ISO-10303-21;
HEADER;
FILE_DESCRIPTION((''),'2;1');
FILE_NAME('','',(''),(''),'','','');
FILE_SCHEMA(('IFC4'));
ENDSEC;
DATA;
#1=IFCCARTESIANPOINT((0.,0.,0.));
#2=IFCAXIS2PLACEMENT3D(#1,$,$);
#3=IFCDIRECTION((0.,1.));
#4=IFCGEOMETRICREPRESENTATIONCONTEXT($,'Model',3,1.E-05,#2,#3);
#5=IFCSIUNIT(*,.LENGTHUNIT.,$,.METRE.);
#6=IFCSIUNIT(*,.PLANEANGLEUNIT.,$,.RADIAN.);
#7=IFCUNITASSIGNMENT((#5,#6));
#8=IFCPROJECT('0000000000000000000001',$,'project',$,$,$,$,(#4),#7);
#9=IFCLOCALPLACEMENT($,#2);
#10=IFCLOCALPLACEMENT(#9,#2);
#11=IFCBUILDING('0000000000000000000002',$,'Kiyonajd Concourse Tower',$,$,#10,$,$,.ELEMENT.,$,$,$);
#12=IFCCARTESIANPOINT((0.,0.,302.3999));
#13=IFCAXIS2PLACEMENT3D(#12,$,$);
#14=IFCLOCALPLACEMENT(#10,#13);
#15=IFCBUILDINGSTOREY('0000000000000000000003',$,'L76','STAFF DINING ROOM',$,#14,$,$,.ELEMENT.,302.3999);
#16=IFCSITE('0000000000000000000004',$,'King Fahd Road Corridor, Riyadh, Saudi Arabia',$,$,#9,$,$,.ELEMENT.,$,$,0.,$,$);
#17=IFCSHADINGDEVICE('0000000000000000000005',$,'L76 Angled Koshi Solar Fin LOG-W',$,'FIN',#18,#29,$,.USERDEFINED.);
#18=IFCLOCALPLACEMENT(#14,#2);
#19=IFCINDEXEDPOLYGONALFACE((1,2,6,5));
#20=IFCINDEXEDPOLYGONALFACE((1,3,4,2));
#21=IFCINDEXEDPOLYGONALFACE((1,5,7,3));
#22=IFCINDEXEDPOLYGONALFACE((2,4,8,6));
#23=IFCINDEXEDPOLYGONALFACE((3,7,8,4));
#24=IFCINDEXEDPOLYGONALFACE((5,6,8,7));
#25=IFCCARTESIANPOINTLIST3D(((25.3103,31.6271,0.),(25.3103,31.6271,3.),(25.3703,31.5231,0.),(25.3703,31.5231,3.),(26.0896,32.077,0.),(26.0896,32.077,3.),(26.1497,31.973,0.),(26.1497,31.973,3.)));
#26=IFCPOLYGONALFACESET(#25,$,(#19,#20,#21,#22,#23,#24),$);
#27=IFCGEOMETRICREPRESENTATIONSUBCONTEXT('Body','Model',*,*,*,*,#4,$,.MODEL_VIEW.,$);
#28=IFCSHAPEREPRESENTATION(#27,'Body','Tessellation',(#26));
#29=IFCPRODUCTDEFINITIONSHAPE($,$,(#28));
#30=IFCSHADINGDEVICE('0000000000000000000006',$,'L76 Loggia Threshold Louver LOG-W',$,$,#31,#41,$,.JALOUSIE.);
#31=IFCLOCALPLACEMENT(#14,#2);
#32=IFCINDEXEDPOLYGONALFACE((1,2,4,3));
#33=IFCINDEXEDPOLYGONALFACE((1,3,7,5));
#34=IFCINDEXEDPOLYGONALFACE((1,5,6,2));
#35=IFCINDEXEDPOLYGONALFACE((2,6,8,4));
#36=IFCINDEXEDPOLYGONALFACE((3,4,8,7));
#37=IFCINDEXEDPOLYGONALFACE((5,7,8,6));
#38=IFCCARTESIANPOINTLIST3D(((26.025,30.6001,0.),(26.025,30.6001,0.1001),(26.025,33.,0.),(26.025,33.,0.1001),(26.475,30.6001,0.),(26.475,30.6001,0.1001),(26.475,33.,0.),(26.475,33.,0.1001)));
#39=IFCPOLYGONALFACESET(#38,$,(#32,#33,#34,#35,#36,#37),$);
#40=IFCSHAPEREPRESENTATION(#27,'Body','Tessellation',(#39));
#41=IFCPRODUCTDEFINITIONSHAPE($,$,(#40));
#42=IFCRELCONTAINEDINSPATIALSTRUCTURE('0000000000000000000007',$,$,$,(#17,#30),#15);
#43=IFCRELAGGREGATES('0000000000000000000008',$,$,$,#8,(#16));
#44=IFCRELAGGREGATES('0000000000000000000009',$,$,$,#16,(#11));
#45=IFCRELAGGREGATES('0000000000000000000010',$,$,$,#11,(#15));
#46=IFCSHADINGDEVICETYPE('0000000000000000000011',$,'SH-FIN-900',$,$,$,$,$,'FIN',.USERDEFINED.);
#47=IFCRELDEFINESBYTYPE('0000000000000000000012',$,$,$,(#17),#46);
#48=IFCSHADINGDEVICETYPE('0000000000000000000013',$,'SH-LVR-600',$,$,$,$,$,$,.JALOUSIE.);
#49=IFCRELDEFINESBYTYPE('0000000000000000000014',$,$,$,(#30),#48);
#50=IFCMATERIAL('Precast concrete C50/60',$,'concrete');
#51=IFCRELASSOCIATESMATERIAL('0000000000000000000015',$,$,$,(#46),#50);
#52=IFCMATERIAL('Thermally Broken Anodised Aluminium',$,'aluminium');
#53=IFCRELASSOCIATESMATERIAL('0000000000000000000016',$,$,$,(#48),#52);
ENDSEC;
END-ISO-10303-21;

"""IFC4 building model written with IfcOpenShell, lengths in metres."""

from ifc_helpers import new_model, si_unit, direction, frame, origin, origin_2d, place, context, subcontext, project, spatial, rectangle, extrude, material, type_object, element, save


model = new_model("IFC4")

# Units and contexts
model_context = context("Model", 3, precision=1e-05, world=origin(), true_north=direction((0.0, 1.0)))
body_context = subcontext(model_context, "Body", "Model", "MODEL_VIEW")
ifc_project = project(units=[si_unit("LENGTHUNIT", "METRE"), si_unit("PLANEANGLEUNIT", "RADIAN")], contexts=[model_context])

# Site, building, storey
site_placement = place(None, origin())
site = spatial("IfcSite", under=ifc_project, at=site_placement, Name="King Fahd Road Corridor, Riyadh, Saudi Arabia", CompositionType="ELEMENT", RefElevation=0.0)
building_placement = place(site_placement, origin())
building = spatial("IfcBuilding", under=site, at=building_placement, Name="Kiyonajd Concourse Tower", CompositionType="ELEMENT")
storey_placement = place(building_placement, frame((0.0, 0.0, 302.3999)))
storey = spatial("IfcBuildingStorey", under=building, at=storey_placement, Name="L76", Description="STAFF DINING ROOM", CompositionType="ELEMENT", Elevation=302.3999)

# Shared definitions
ifc_material_1 = material(Name="Thermally Broken Anodised Aluminium", Category="aluminium")

# Shared definitions
ifc_material_2 = material(Name="Precast concrete C50/60", Category="concrete")

# Shading devices
shading_device_type_1 = type_object("IfcShadingDeviceType", Name="SH-FIN-900", ElementType="FIN", PredefinedType="USERDEFINED", material=ifc_material_2)
shading_device_1_placement = place(storey_placement, frame((25.73, 31.8, 0.0), z_axis=(0.0, 0.0, 1.0), x_axis=(0.866025, 0.5, 0.0)))
element("IfcShadingDevice", 1, at=shading_device_1_placement, inside=storey, type_object=shading_device_type_1, Name="L76 Angled Koshi Solar Fin LOG-W", ObjectType="FIN", PredefinedType="USERDEFINED", context=body_context, shape_type="SweptSolid", body=[
    extrude(rectangle(XDim=0.8999, YDim=0.1201, at=origin_2d()), origin(), (0.0, 0.0, 1.0), 3.0),
])
shading_device_type_2 = type_object("IfcShadingDeviceType", Name="SH-LVR-600", PredefinedType="JALOUSIE", material=ifc_material_1)
shading_device_2_placement = place(storey_placement, frame((26.25, 31.8, 0.0), z_axis=(0.0, 0.0, 1.0), x_axis=(0.0, 1.0, 0.0)))
element("IfcShadingDevice", 2, at=shading_device_2_placement, inside=storey, type_object=shading_device_type_2, Name="L76 Loggia Threshold Louver LOG-W", PredefinedType="JALOUSIE", context=body_context, shape_type="SweptSolid", body=[
    extrude(rectangle(XDim=2.3999, YDim=0.45, at=origin_2d()), origin(), (0.0, 0.0, 1.0), 0.1001),
])

save(model, "model.ifc")
